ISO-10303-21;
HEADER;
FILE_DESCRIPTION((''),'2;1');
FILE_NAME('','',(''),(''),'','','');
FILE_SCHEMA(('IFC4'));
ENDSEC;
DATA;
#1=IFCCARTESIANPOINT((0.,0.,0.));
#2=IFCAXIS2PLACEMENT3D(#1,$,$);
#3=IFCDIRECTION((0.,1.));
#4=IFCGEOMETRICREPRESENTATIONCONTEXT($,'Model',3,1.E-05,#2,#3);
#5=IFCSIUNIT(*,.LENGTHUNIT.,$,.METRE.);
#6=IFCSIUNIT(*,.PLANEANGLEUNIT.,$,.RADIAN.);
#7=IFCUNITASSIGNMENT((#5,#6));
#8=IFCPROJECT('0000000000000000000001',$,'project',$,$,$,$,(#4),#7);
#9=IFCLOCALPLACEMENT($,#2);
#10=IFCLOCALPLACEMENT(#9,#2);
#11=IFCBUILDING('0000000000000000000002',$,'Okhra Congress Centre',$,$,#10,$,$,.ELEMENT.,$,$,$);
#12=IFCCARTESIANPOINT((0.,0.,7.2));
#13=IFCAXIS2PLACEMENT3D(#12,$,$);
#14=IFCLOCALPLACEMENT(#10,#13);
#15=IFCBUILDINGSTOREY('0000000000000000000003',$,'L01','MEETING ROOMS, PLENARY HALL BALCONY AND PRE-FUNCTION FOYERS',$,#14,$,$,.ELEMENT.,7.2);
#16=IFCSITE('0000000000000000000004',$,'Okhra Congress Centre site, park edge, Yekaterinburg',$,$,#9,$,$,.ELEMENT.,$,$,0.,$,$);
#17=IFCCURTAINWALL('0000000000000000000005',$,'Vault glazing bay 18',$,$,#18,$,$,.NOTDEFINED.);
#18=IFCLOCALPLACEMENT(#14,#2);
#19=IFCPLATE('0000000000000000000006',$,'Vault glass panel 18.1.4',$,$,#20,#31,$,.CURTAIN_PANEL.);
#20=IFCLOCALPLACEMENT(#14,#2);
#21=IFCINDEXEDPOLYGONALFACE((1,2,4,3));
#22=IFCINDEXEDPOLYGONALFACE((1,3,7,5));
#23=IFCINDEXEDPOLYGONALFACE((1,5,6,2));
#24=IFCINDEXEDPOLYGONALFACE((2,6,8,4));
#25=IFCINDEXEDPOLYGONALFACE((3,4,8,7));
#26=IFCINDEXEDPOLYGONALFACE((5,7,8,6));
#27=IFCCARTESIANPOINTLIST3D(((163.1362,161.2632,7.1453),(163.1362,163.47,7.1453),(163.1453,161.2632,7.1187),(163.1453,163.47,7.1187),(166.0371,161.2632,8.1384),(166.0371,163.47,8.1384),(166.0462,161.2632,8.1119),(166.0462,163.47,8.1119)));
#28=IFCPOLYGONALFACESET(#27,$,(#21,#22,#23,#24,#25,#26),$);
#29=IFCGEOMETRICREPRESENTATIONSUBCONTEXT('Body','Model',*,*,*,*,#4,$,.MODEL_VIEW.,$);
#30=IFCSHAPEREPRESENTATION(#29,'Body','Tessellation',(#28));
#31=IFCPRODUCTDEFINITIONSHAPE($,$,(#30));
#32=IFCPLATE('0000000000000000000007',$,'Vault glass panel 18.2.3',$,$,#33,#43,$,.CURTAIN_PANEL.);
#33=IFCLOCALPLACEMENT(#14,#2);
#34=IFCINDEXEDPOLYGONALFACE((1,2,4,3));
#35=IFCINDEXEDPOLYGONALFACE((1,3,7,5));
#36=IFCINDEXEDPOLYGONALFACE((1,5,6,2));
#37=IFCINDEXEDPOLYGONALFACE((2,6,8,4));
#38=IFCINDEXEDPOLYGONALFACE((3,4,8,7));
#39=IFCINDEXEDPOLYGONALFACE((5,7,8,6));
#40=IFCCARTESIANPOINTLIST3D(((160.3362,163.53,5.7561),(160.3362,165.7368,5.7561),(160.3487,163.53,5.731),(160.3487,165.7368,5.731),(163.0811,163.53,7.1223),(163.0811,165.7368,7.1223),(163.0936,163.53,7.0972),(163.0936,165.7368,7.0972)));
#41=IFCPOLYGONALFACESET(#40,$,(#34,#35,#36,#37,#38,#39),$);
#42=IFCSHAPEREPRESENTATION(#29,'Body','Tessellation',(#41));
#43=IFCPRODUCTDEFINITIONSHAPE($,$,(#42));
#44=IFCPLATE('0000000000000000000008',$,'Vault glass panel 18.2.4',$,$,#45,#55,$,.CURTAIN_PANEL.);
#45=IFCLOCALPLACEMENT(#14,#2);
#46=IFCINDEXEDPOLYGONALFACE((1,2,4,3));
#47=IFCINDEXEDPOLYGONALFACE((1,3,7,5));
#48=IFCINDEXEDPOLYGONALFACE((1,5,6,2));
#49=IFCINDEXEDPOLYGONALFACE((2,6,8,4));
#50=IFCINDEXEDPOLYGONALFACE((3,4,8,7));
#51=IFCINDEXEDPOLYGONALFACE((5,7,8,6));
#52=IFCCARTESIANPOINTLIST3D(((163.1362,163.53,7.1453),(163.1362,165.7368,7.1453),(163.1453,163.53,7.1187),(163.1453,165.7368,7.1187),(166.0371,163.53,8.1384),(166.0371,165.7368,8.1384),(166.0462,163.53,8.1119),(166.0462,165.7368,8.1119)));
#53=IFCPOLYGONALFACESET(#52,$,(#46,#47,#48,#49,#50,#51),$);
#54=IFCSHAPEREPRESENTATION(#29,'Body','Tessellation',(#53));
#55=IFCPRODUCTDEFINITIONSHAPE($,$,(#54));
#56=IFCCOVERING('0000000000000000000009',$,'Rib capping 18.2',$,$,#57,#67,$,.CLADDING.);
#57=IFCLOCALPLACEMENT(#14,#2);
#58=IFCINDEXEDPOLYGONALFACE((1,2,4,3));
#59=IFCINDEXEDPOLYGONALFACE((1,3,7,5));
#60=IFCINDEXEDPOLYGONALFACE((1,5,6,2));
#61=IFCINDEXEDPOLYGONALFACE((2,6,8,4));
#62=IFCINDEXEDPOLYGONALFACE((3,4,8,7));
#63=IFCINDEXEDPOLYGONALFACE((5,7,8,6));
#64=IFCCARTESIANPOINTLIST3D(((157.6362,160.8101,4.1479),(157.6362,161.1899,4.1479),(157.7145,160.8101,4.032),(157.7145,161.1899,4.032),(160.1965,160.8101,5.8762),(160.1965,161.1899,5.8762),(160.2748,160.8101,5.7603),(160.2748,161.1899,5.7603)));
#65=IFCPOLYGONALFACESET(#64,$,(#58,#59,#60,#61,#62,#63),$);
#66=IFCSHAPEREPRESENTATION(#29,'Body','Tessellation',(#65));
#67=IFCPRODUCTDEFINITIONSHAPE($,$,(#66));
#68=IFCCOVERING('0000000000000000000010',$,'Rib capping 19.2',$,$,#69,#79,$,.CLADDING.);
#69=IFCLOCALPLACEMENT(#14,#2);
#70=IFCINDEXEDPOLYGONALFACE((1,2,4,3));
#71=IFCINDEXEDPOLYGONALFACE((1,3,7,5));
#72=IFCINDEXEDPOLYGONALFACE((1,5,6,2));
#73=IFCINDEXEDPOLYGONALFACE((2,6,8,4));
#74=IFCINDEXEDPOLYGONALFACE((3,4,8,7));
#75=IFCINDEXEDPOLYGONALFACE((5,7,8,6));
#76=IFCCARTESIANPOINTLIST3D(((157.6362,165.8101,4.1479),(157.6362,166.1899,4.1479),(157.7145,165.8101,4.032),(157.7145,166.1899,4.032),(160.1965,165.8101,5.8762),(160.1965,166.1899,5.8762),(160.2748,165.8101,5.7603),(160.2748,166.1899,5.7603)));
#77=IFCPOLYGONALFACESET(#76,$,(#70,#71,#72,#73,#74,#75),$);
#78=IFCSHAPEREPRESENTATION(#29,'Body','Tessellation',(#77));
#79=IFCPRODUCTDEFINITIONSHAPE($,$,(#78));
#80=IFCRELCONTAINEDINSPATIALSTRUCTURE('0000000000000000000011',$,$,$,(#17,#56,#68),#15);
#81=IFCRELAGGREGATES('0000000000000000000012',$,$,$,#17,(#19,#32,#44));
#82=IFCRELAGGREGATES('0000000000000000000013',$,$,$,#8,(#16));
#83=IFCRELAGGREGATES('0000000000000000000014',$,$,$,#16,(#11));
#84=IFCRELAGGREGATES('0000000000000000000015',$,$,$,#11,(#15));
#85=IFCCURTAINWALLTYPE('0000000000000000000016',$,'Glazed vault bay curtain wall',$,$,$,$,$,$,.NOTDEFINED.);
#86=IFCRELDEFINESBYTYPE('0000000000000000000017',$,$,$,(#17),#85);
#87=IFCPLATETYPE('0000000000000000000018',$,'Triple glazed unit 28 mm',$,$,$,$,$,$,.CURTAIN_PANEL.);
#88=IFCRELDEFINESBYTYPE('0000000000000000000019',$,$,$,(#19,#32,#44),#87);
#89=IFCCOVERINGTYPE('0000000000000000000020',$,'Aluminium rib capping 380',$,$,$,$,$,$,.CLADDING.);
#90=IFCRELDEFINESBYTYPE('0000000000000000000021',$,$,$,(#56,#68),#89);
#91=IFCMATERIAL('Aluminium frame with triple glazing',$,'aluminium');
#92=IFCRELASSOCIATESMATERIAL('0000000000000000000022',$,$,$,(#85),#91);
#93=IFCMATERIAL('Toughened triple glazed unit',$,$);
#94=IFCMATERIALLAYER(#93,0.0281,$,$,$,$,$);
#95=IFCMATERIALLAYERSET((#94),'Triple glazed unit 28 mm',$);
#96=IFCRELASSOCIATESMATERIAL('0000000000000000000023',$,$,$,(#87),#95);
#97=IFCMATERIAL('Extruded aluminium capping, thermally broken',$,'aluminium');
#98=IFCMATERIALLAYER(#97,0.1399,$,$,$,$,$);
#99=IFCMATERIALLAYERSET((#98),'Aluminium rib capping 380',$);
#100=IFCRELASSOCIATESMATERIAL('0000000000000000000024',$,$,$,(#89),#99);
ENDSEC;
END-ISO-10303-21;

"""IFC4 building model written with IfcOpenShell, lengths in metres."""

from ifc_helpers import new_model, si_unit, direction, frame, origin, place, context, subcontext, project, spatial, polyline, outline, extrude, material, layer, layer_set, type_object, element, aggregate, save


model = new_model("IFC4")

# Units and contexts
model_context = context("Model", 3, precision=1e-05, world=origin(), true_north=direction((0.0, 1.0)))
body_context = subcontext(model_context, "Body", "Model", "MODEL_VIEW")
ifc_project = project(units=[si_unit("LENGTHUNIT", "METRE"), si_unit("PLANEANGLEUNIT", "RADIAN")], contexts=[model_context])

# Site, building, storey
site_placement = place(None, origin())
site = spatial("IfcSite", under=ifc_project, at=site_placement, Name="Okhra Congress Centre site, park edge, Yekaterinburg", CompositionType="ELEMENT", RefElevation=0.0)
building_placement = place(site_placement, origin())
building = spatial("IfcBuilding", under=site, at=building_placement, Name="Okhra Congress Centre", CompositionType="ELEMENT")
storey_placement = place(building_placement, frame((0.0, 0.0, 7.2)))
storey = spatial("IfcBuildingStorey", under=building, at=storey_placement, Name="L01", Description="MEETING ROOMS, PLENARY HALL BALCONY AND PRE-FUNCTION FOYERS", CompositionType="ELEMENT", Elevation=7.2)

# Curtain wall
ifc_material_1 = material(Name="Aluminium frame with triple glazing", Category="aluminium")
curtain_wall_type = type_object("IfcCurtainWallType", Name="Glazed vault bay curtain wall", PredefinedType="NOTDEFINED", material=ifc_material_1)
curtain_wall_1_placement = place(storey_placement, origin())
curtain_wall_1 = element("IfcCurtainWall", 1, at=curtain_wall_1_placement, inside=storey, type_object=curtain_wall_type, Name="Vault glazing bay 18", PredefinedType="NOTDEFINED")

# Plates
ifc_material_2 = material(Name="Toughened triple glazed unit")
ifc_layer_1 = layer(ifc_material_2, 0.0281)
ifc_layer_set_1 = layer_set([ifc_layer_1], Name="Triple glazed unit 28 mm")
plate_type_1 = type_object("IfcPlateType", Name="Triple glazed unit 28 mm", PredefinedType="CURTAIN_PANEL", material=ifc_layer_set_1)
plate_1_placement = place(storey_placement, frame((163.1362, 161.2632, 7.1453), z_axis=(-0.323909, 0.0, 0.946088), x_axis=(0.946088, 0.0, 0.323909)))
plate_1 = element("IfcPlate", 2, at=plate_1_placement, type_object=plate_type_1, Name="Vault glass panel 18.1.4", PredefinedType="CURTAIN_PANEL", context=body_context, shape_type="SweptSolid", body=[
    extrude(outline(polyline([(0.0, 0.0), (3.0662, 0.0), (3.0662, 2.2068), (0.0, 2.2068), (0.0, 0.0)])), origin(), (0.0, 0.0, -1.0), 0.0281),
])
plate_2_placement = place(storey_placement, frame((160.3362, 163.53, 5.7561), z_axis=(-0.445588, 0.0, 0.895238), x_axis=(0.895238, 0.0, 0.445588)))
plate_2 = element("IfcPlate", 3, at=plate_2_placement, type_object=plate_type_1, Name="Vault glass panel 18.2.3", PredefinedType="CURTAIN_PANEL", context=body_context, shape_type="SweptSolid", body=[
    extrude(outline(polyline([(0.0, 0.0), (3.0661, 0.0), (3.0661, 2.2068), (0.0, 2.2068), (0.0, 0.0)])), origin(), (0.0, 0.0, -1.0), 0.0281),
])
plate_3_placement = place(storey_placement, frame((163.1362, 163.53, 7.1453), z_axis=(-0.323909, 0.0, 0.946088), x_axis=(0.946088, 0.0, 0.323909)))
plate_3 = element("IfcPlate", 4, at=plate_3_placement, type_object=plate_type_1, Name="Vault glass panel 18.2.4", PredefinedType="CURTAIN_PANEL", context=body_context, shape_type="SweptSolid", body=[
    extrude(outline(polyline([(0.0, 0.0), (3.0662, 0.0), (3.0662, 2.2068), (0.0, 2.2068), (0.0, 0.0)])), origin(), (0.0, 0.0, -1.0), 0.0281),
])
aggregate(curtain_wall_1, [plate_1, plate_2, plate_3])

# Coverings
ifc_material_3 = material(Name="Extruded aluminium capping, thermally broken", Category="aluminium")
ifc_layer_2 = layer(ifc_material_3, 0.1399)
ifc_layer_set_2 = layer_set([ifc_layer_2], Name="Aluminium rib capping 380")
covering_type = type_object("IfcCoveringType", Name="Aluminium rib capping 380", PredefinedType="CLADDING", material=ifc_layer_set_2)
for number, where, z_axis, x_axis, name in (
    (5, (157.6362, 160.8101, 4.1479), (-0.559488, 0.0, 0.828839), (0.828839, 0.0, 0.559488), "Rib capping 18.2"),
    (6, (157.6362, 165.8101, 4.1479), (-0.559488, 0.0, 0.828839), (0.828839, 0.0, 0.559488), "Rib capping 19.2"),
):
    element("IfcCovering", number, at=place(storey_placement, frame(where, z_axis=z_axis, x_axis=x_axis)), inside=storey, type_object=covering_type, Name=name, PredefinedType="CLADDING", context=body_context, shape_type="SweptSolid", body=[
        extrude(outline(polyline([(0.0, 0.0), (3.089, 0.0), (3.089, 0.3799), (0.0, 0.3799), (0.0, 0.0)])), origin(), (0.0, 0.0, -1.0), 0.1399),
    ])

save(model, "model.ifc")
